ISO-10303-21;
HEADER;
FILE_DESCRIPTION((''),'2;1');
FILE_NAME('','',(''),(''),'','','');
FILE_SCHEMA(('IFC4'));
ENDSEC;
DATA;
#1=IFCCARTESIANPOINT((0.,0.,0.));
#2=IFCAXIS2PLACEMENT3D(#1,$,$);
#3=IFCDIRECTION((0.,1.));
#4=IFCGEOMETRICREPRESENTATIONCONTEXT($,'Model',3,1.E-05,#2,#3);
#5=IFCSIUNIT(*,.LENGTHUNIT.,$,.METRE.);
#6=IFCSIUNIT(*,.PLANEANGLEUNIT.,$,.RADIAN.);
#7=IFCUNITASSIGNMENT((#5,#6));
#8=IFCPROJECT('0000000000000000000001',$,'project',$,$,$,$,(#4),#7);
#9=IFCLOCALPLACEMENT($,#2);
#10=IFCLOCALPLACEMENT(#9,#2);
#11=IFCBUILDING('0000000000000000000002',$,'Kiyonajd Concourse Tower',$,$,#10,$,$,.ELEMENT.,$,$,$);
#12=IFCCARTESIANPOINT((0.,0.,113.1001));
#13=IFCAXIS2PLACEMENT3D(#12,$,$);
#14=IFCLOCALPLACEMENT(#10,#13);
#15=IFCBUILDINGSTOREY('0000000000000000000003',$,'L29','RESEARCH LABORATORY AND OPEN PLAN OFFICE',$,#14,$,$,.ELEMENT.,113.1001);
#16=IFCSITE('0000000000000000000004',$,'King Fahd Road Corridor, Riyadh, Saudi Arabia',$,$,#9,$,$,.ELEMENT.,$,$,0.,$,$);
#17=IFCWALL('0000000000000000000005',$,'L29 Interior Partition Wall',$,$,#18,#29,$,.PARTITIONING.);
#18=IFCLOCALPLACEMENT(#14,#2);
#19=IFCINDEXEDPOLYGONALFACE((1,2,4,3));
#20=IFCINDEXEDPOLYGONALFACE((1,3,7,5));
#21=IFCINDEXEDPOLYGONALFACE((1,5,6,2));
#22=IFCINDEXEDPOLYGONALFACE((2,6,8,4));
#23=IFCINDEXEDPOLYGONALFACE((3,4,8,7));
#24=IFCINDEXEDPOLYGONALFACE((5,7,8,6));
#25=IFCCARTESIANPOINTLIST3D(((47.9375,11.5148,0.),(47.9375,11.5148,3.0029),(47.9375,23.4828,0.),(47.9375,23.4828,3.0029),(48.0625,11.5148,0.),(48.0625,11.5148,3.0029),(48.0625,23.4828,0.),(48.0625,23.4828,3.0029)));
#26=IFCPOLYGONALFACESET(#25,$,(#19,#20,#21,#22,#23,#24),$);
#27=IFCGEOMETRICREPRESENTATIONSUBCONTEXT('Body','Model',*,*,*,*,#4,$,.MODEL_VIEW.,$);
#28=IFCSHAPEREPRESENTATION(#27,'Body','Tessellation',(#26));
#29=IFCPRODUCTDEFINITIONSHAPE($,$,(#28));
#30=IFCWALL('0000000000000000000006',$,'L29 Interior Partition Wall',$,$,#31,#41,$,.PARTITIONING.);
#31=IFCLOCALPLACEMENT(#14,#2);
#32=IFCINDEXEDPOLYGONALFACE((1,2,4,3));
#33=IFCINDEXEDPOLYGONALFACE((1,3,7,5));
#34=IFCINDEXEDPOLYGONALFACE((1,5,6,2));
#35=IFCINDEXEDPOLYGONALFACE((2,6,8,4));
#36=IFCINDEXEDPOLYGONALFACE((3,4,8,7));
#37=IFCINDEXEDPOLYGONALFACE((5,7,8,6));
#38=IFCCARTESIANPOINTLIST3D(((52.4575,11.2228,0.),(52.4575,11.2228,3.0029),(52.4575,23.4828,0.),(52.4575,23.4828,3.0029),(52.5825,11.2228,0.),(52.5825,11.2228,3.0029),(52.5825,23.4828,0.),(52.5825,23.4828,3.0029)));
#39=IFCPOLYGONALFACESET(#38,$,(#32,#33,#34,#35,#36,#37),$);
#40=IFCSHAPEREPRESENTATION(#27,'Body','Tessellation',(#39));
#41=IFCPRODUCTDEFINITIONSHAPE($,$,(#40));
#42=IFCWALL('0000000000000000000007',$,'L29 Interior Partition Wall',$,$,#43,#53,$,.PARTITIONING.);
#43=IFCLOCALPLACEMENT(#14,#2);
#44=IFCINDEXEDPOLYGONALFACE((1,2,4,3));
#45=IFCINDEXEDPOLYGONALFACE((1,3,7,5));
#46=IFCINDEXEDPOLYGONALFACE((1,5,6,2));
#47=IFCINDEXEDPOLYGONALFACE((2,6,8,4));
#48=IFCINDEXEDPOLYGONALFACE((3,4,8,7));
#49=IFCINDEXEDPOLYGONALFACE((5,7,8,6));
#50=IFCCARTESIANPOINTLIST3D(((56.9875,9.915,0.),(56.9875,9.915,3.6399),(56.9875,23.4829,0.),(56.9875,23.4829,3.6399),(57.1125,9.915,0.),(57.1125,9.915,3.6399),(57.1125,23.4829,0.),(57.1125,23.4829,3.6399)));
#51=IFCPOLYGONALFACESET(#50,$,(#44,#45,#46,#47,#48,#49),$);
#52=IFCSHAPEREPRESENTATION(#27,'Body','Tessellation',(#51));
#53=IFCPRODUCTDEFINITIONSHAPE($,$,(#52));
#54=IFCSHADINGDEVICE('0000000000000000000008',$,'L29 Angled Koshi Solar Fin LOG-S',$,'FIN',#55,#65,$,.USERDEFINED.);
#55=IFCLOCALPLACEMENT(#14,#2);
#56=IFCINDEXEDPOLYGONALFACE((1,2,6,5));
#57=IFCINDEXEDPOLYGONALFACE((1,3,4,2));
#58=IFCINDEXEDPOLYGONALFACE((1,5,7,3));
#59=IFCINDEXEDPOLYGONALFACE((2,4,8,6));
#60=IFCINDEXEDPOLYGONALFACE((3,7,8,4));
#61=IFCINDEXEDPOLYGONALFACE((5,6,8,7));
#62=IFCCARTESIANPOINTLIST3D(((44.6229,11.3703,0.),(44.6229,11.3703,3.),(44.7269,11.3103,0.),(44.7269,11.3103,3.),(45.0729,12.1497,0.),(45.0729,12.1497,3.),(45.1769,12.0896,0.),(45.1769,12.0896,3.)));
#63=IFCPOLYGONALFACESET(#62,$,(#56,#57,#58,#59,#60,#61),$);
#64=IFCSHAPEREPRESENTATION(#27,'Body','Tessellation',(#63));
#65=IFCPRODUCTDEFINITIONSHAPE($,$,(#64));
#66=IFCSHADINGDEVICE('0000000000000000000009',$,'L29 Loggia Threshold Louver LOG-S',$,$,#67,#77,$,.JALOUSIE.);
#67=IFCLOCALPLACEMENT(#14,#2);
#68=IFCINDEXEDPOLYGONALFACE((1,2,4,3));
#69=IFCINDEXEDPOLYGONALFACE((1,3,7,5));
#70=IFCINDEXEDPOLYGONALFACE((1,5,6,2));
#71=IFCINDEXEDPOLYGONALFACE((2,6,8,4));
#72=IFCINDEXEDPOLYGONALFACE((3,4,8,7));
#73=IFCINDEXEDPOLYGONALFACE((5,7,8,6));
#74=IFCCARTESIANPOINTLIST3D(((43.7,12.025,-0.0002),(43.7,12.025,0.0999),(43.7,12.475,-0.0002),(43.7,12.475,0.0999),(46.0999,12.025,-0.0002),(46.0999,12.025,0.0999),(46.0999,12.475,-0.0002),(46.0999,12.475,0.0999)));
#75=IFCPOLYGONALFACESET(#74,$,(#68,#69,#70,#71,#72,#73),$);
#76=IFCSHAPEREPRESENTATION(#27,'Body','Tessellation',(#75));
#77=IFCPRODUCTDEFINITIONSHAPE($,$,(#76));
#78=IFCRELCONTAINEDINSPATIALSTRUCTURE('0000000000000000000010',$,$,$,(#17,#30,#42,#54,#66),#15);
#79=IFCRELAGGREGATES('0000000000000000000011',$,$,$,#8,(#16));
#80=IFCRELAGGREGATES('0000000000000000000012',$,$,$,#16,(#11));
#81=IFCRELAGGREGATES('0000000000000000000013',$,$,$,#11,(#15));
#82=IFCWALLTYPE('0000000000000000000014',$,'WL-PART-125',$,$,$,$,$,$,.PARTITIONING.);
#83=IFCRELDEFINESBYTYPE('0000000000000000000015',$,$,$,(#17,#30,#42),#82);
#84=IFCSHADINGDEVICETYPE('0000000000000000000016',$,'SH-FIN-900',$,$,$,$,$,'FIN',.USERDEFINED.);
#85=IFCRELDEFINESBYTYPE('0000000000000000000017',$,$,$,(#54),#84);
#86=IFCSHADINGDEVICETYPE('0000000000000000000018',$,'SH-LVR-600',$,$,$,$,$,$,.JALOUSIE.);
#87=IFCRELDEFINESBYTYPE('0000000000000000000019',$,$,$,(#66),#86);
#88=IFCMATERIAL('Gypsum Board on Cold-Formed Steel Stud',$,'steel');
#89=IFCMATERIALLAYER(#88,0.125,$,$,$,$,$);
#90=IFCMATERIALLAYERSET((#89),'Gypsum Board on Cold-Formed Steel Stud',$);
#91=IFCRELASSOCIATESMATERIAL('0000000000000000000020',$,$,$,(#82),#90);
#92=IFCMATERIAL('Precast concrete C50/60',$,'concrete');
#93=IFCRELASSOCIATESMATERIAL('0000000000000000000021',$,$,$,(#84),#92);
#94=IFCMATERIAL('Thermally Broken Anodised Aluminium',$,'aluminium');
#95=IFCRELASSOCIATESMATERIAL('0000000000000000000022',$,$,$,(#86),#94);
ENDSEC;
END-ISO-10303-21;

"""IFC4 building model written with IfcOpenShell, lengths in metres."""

from ifc_helpers import new_model, si_unit, direction, frame, frame_2d, origin, origin_2d, place, context, subcontext, project, spatial, rectangle, extrude, material, layer, layer_set, type_object, element, save


model = new_model("IFC4")

# Units and contexts
model_context = context("Model", 3, precision=1e-05, world=origin(), true_north=direction((0.0, 1.0)))
body_context = subcontext(model_context, "Body", "Model", "MODEL_VIEW")
ifc_project = project(units=[si_unit("LENGTHUNIT", "METRE"), si_unit("PLANEANGLEUNIT", "RADIAN")], contexts=[model_context])

# Site, building, storey
site_placement = place(None, origin())
site = spatial("IfcSite", under=ifc_project, at=site_placement, Name="King Fahd Road Corridor, Riyadh, Saudi Arabia", CompositionType="ELEMENT", RefElevation=0.0)
building_placement = place(site_placement, origin())
building = spatial("IfcBuilding", under=site, at=building_placement, Name="Kiyonajd Concourse Tower", CompositionType="ELEMENT")
storey_placement = place(building_placement, frame((0.0, 0.0, 113.1001)))
storey = spatial("IfcBuildingStorey", under=building, at=storey_placement, Name="L29", Description="RESEARCH LABORATORY AND OPEN PLAN OFFICE", CompositionType="ELEMENT", Elevation=113.1001)

# Shared definitions
ifc_material_1 = material(Name="Precast concrete C50/60", Category="concrete")

# Shared definitions
ifc_material_2 = material(Name="Thermally Broken Anodised Aluminium", Category="aluminium")

# Walls
ifc_material_3 = material(Name="Gypsum Board on Cold-Formed Steel Stud", Category="steel")
ifc_layer_1 = layer(ifc_material_3, 0.125)
ifc_layer_set_1 = layer_set([ifc_layer_1], Name="Gypsum Board on Cold-Formed Steel Stud")
wall_type_1 = type_object("IfcWallType", Name="WL-PART-125", PredefinedType="PARTITIONING", material=ifc_layer_set_1)
wall_1_placement = place(storey_placement, frame((48.0, 11.5149, 0.0), z_axis=(0.0, 0.0, 1.0), x_axis=(0.0, 1.0, 0.0)))
element("IfcWall", 1, at=wall_1_placement, inside=storey, type_object=wall_type_1, Name="L29 Interior Partition Wall", PredefinedType="PARTITIONING", context=body_context, shape_type="SweptSolid", body=[
    extrude(rectangle(XDim=11.968, YDim=0.125, at=frame_2d((5.9839, 0.0))), origin(), (0.0, 0.0, 1.0), 3.0029),
])
wall_2_placement = place(storey_placement, frame((52.52, 11.2229, 0.0), z_axis=(0.0, 0.0, 1.0), x_axis=(0.0, 1.0, 0.0)))
element("IfcWall", 2, at=wall_2_placement, inside=storey, type_object=wall_type_1, Name="L29 Interior Partition Wall", PredefinedType="PARTITIONING", context=body_context, shape_type="SweptSolid", body=[
    extrude(rectangle(XDim=12.26, YDim=0.125, at=frame_2d((6.1299, 0.0))), origin(), (0.0, 0.0, 1.0), 3.0029),
])
wall_3_placement = place(storey_placement, frame((57.05, 9.915, 0.0), z_axis=(0.0, 0.0, 1.0), x_axis=(0.0, 1.0, 0.0)))
element("IfcWall", 3, at=wall_3_placement, inside=storey, type_object=wall_type_1, Name="L29 Interior Partition Wall", PredefinedType="PARTITIONING", context=body_context, shape_type="SweptSolid", body=[
    extrude(rectangle(XDim=13.5679, YDim=0.125, at=frame_2d((6.7839, 0.0))), origin(), (0.0, 0.0, 1.0), 3.6399),
])

# Shading devices
shading_device_type_1 = type_object("IfcShadingDeviceType", Name="SH-FIN-900", ElementType="FIN", PredefinedType="USERDEFINED", material=ifc_material_1)
shading_device_1_placement = place(storey_placement, frame((44.8999, 11.73, 0.0), z_axis=(0.0, 0.0, 1.0), x_axis=(0.5, 0.866025, 0.0)))
element("IfcShadingDevice", 4, at=shading_device_1_placement, inside=storey, type_object=shading_device_type_1, Name="L29 Angled Koshi Solar Fin LOG-S", ObjectType="FIN", PredefinedType="USERDEFINED", context=body_context, shape_type="SweptSolid", body=[
    extrude(rectangle(XDim=0.8999, YDim=0.1201, at=origin_2d()), origin(), (0.0, 0.0, 1.0), 3.0),
])
shading_device_type_2 = type_object("IfcShadingDeviceType", Name="SH-LVR-600", PredefinedType="JALOUSIE", material=ifc_material_2)
shading_device_2_placement = place(storey_placement, frame((44.8999, 12.25, -0.0002), z_axis=(0.0, 0.0, 1.0), x_axis=(1.0, 0.0, 0.0)))
element("IfcShadingDevice", 5, at=shading_device_2_placement, inside=storey, type_object=shading_device_type_2, Name="L29 Loggia Threshold Louver LOG-S", PredefinedType="JALOUSIE", context=body_context, shape_type="SweptSolid", body=[
    extrude(rectangle(XDim=2.3999, YDim=0.45, at=origin_2d()), origin(), (0.0, 0.0, 1.0), 0.1001),
])

save(model, "model.ifc")
